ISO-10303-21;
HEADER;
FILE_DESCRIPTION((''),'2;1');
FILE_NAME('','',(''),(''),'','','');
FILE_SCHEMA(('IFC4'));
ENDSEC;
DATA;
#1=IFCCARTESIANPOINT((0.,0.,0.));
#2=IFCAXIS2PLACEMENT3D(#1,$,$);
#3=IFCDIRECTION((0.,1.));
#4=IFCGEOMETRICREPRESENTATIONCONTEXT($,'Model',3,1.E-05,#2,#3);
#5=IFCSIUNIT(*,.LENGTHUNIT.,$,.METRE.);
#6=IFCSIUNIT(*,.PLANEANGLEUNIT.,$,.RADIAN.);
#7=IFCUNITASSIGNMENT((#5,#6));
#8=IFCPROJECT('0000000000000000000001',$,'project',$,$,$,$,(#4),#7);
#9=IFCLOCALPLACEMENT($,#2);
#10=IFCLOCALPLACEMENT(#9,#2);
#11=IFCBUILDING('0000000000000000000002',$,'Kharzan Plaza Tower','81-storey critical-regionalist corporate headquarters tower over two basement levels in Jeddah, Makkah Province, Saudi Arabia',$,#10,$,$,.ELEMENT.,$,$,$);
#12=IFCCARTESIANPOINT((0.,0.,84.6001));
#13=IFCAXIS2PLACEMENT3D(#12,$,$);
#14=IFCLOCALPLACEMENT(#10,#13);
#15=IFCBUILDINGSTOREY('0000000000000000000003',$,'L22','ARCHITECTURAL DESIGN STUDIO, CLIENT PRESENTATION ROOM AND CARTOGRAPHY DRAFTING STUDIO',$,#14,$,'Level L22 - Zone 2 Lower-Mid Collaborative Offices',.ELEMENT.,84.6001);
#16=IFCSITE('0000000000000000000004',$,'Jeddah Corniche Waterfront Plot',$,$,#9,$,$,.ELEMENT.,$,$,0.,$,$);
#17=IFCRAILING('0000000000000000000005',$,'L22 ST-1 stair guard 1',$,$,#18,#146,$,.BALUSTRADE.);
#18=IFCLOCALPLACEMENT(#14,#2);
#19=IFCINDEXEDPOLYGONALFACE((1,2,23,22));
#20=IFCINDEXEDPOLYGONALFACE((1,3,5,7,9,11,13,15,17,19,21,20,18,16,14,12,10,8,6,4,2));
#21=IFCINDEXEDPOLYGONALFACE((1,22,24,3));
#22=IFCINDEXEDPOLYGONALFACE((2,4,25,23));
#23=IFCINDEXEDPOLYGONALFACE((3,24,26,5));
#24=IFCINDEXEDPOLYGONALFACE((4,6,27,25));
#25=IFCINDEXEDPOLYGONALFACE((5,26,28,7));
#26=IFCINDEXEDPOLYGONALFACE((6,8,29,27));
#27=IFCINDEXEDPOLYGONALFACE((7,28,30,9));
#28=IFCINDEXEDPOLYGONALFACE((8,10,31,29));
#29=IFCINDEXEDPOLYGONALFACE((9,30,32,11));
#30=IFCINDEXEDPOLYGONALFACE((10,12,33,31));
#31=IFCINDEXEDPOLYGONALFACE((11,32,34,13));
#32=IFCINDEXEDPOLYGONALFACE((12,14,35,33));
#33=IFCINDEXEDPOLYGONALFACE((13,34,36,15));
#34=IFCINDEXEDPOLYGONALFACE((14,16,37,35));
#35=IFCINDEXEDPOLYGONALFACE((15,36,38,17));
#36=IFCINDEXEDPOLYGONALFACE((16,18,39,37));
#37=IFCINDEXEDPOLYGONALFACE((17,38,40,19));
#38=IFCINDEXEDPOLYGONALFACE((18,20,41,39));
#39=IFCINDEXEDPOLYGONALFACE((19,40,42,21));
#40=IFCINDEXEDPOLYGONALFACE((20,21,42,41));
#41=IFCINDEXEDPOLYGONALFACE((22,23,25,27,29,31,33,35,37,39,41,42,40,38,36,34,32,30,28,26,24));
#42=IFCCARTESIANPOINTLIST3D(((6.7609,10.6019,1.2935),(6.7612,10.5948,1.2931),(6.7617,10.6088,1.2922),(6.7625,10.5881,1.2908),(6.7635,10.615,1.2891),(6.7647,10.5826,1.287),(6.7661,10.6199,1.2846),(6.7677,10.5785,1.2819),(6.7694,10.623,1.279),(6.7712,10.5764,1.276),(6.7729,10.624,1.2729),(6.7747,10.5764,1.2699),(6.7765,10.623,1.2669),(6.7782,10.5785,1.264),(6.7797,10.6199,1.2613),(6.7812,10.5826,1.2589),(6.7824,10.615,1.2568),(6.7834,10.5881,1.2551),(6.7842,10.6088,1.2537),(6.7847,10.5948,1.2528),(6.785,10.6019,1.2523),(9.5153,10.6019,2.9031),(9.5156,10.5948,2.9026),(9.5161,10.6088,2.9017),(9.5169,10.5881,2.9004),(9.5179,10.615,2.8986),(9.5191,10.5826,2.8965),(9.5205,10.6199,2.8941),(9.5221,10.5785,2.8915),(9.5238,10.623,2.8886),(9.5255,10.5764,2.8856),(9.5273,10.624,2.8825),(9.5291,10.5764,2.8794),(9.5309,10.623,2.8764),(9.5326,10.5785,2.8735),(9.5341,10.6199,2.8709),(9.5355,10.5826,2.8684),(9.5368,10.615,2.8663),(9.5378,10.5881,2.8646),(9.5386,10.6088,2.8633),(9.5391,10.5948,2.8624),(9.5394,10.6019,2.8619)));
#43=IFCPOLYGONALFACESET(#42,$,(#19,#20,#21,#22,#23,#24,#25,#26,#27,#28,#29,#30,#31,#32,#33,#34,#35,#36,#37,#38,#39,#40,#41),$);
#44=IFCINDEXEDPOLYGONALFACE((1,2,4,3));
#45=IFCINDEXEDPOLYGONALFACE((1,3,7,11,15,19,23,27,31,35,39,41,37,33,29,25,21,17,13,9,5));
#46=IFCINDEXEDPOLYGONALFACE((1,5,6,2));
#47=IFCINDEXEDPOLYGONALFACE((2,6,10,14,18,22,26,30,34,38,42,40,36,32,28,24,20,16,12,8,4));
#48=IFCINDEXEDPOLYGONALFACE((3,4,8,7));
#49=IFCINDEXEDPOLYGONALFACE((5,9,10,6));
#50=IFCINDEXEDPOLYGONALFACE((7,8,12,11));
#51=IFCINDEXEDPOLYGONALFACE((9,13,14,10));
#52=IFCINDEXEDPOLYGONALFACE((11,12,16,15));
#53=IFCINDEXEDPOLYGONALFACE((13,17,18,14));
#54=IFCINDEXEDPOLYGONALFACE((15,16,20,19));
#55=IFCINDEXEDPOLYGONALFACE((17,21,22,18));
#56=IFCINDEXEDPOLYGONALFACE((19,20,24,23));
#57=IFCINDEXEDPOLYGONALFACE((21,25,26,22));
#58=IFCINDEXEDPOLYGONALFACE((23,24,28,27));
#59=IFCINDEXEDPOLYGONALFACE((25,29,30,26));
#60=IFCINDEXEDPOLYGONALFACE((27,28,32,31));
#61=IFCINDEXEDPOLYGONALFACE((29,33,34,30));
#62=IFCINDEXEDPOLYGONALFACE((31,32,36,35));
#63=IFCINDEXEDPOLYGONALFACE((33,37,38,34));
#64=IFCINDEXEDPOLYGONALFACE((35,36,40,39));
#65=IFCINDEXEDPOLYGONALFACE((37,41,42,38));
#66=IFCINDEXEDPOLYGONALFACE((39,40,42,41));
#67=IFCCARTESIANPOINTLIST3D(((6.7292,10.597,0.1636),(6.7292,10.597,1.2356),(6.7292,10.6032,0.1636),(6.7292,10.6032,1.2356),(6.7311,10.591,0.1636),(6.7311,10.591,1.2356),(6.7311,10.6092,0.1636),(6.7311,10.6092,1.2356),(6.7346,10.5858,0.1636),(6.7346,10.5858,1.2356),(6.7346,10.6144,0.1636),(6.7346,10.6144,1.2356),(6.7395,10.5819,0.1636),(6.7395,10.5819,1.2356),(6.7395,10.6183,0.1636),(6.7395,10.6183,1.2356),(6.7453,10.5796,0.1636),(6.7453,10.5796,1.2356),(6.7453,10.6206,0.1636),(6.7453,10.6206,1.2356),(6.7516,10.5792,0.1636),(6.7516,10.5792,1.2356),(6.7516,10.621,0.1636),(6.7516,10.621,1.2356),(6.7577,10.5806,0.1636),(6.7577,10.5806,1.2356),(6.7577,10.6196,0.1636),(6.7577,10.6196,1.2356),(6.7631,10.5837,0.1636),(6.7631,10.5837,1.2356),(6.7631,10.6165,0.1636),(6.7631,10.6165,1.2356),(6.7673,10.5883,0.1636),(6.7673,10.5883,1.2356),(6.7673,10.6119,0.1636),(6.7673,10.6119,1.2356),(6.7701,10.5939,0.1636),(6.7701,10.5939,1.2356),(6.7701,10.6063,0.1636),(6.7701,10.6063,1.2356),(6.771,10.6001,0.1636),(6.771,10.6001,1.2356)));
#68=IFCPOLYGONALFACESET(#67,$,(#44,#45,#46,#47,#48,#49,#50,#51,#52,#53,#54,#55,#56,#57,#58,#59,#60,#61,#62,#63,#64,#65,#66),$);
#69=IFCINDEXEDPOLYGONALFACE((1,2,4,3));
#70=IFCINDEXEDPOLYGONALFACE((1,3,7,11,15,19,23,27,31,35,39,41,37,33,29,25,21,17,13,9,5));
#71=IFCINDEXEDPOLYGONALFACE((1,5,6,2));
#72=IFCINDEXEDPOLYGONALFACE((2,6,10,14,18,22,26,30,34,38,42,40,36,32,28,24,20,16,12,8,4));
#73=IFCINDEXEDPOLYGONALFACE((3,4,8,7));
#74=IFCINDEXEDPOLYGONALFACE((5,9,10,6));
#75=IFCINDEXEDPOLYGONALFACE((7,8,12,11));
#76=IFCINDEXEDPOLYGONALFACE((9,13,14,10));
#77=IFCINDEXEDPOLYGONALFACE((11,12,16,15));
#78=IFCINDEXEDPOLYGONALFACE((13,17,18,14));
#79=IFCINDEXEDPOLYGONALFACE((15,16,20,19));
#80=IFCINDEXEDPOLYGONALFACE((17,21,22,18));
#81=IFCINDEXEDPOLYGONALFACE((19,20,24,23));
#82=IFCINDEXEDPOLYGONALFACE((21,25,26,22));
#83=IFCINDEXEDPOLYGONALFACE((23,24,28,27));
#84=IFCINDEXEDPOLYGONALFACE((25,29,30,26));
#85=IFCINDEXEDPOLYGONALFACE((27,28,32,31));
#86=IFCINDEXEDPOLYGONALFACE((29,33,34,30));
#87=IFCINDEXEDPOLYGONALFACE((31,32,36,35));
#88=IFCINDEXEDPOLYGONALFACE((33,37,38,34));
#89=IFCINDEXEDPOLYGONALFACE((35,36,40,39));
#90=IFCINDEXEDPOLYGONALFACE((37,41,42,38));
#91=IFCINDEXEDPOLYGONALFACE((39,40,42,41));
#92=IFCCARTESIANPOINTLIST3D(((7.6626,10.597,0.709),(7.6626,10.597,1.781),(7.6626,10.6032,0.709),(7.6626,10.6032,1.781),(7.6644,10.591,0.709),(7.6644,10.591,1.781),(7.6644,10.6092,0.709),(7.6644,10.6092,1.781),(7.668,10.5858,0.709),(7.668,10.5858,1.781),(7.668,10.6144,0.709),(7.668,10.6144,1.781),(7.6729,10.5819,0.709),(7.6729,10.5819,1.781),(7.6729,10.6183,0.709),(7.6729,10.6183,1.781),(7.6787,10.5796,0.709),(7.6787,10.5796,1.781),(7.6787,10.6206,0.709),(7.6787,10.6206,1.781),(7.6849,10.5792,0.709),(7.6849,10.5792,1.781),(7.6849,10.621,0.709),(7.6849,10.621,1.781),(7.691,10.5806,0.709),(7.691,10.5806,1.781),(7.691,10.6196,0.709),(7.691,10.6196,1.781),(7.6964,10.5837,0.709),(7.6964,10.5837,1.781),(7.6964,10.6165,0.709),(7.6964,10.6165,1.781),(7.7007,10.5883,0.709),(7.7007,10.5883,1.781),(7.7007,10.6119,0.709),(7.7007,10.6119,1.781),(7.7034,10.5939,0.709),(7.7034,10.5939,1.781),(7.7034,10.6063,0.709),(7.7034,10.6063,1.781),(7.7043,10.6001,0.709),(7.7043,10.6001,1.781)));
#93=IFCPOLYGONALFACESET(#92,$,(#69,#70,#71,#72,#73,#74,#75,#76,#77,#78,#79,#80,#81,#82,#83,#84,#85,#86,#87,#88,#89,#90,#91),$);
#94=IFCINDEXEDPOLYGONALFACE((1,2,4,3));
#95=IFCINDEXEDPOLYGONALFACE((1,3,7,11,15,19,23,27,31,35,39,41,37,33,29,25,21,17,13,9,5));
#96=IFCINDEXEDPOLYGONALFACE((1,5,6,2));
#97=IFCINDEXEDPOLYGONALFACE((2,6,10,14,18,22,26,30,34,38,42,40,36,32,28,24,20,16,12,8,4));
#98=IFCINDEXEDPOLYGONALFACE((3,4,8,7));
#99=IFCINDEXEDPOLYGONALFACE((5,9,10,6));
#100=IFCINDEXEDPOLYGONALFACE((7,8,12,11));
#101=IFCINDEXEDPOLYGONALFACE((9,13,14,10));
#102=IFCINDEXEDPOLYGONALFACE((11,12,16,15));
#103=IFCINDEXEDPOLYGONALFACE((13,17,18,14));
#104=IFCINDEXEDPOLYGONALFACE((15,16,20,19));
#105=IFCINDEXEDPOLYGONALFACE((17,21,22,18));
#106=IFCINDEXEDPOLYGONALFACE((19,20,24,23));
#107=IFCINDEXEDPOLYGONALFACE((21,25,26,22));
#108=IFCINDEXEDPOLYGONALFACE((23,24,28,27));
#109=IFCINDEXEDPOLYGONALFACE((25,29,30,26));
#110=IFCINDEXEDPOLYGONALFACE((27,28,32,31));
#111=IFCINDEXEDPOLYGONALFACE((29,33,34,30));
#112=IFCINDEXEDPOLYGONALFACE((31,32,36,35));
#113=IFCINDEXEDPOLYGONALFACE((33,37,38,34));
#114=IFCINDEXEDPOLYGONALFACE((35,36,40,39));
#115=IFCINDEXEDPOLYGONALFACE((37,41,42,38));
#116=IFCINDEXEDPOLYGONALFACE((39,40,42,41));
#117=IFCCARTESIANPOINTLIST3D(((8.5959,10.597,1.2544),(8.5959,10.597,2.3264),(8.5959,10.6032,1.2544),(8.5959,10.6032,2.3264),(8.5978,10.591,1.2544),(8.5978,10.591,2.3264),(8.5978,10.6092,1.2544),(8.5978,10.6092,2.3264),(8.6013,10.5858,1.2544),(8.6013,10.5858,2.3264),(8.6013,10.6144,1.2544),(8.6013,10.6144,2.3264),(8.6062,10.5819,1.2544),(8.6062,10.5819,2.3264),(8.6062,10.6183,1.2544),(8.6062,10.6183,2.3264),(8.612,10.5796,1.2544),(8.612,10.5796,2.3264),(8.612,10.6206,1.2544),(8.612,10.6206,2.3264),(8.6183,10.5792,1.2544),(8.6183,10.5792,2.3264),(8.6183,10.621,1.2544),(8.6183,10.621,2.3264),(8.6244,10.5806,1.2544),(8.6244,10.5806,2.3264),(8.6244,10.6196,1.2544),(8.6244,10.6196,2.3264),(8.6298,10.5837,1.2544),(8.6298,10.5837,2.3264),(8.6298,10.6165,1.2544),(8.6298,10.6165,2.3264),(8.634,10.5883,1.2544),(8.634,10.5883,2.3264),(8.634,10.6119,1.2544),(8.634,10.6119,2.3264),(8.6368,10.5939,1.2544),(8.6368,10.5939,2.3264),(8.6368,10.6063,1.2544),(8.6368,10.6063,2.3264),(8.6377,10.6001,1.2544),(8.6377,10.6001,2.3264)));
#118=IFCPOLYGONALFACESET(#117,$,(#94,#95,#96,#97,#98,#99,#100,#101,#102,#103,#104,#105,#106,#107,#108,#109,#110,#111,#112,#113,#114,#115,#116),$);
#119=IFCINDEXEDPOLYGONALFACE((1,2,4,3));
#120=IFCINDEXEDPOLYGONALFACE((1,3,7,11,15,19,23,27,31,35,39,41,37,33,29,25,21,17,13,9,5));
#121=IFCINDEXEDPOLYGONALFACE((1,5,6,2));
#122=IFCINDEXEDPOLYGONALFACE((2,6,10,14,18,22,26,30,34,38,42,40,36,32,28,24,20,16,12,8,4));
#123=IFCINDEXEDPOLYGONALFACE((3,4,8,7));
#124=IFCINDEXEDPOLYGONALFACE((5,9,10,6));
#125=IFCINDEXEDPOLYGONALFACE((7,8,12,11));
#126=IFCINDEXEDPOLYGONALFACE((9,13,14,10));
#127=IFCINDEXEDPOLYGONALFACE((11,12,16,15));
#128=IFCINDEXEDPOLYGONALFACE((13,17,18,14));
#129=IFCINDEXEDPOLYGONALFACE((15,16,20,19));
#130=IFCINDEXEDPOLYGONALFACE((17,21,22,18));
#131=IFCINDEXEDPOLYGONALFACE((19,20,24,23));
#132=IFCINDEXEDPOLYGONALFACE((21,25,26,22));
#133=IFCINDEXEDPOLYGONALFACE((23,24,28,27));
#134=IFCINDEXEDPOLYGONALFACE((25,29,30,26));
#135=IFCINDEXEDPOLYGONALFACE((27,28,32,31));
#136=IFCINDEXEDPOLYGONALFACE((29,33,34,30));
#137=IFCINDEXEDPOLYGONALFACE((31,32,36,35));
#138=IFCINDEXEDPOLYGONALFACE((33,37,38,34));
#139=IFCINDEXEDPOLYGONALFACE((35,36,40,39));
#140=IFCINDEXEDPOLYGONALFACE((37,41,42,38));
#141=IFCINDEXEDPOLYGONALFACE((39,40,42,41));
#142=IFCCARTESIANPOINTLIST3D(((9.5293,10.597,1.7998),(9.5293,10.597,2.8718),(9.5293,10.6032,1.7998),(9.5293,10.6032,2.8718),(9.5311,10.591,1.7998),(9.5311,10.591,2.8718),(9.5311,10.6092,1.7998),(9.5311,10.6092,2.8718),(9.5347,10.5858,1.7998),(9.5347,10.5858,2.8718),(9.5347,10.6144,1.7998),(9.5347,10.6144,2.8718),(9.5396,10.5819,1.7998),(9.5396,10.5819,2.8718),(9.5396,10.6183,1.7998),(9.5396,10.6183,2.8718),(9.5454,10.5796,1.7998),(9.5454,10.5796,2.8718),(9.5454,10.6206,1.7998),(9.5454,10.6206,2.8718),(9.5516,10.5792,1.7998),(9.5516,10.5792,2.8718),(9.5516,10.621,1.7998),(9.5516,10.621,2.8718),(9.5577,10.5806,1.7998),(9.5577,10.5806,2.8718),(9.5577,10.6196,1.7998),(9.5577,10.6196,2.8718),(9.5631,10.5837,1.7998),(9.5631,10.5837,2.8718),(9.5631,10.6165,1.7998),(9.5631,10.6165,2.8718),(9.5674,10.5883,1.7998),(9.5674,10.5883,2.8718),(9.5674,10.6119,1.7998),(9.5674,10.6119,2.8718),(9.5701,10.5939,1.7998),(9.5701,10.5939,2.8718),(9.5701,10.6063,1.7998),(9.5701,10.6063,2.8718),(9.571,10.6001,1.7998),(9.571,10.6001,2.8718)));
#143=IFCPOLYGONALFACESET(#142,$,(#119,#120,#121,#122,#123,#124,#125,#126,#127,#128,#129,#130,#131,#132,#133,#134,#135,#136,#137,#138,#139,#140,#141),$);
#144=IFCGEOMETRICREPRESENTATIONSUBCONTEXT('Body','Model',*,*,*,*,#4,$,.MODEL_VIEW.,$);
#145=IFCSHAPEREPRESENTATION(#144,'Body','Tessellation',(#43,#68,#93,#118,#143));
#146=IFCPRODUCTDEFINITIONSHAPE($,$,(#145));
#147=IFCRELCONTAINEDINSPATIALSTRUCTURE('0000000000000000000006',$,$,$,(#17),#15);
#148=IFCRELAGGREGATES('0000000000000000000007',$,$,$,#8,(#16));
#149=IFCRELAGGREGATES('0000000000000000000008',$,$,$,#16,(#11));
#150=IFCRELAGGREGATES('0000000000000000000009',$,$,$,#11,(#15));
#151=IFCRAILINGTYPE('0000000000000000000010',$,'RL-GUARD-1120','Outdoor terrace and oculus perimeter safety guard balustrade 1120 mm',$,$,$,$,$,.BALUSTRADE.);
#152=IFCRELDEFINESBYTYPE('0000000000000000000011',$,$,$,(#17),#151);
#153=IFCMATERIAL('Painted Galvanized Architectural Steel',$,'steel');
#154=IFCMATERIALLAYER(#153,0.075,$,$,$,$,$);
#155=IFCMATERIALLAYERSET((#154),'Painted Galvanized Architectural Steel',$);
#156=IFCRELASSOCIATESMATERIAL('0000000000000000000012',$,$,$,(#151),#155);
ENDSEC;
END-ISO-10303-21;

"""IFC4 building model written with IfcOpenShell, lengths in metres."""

from ifc_helpers import new_model, si_unit, direction, frame, origin, origin_2d, place, context, subcontext, project, spatial, circle, extrude, source, transform, mapped, material, layer, layer_set, type_object, element, save


model = new_model("IFC4")

# Units and contexts
model_context = context("Model", 3, precision=1e-05, world=origin(), true_north=direction((0.0, 1.0)))
body_context = subcontext(model_context, "Body", "Model", "MODEL_VIEW")
ifc_project = project(units=[si_unit("LENGTHUNIT", "METRE"), si_unit("PLANEANGLEUNIT", "RADIAN")], contexts=[model_context])

# Site, building, storey
site_placement = place(None, origin())
site = spatial("IfcSite", under=ifc_project, at=site_placement, Name="Jeddah Corniche Waterfront Plot", CompositionType="ELEMENT", RefElevation=0.0)
building_placement = place(site_placement, origin())
building = spatial("IfcBuilding", under=site, at=building_placement, Name="Kharzan Plaza Tower", Description="81-storey critical-regionalist corporate headquarters tower over two basement levels in Jeddah, Makkah Province, Saudi Arabia", CompositionType="ELEMENT")
storey_placement = place(building_placement, frame((0.0, 0.0, 84.6001)))
storey = spatial("IfcBuildingStorey", under=building, at=storey_placement, Name="L22", Description="ARCHITECTURAL DESIGN STUDIO, CLIENT PRESENTATION ROOM AND CARTOGRAPHY DRAFTING STUDIO", LongName="Level L22 - Zone 2 Lower-Mid Collaborative Offices", CompositionType="ELEMENT", Elevation=84.6001)

# Railing
ifc_material_1 = material(Name="Painted Galvanized Architectural Steel", Category="steel")
ifc_layer_1 = layer(ifc_material_1, 0.075)
ifc_layer_set_1 = layer_set([ifc_layer_1], Name="Painted Galvanized Architectural Steel")
railing_type_1 = type_object("IfcRailingType", Name="RL-GUARD-1120", Description="Outdoor terrace and oculus perimeter safety guard balustrade 1120 mm", PredefinedType="BALUSTRADE", material=ifc_layer_set_1)
shared_shape_1 = source(origin(), body_context, "Body", "SweptSolid", [
    extrude(circle(Radius=0.0239, at=origin_2d()), frame((0.0229, 0.0, 1.1094), z_axis=(0.863394, 0.0, 0.504531), x_axis=(0.0, 1.0, 0.0)), (0.0, 0.0, 1.0), 3.1902),
    extrude(circle(Radius=0.021, at=origin_2d()), origin(), (0.0, 0.0, 1.0), 1.072),
    extrude(circle(Radius=0.021, at=origin_2d()), frame((0.9333, 0.0, 0.5454)), (0.0, 0.0, 1.0), 1.072),
    extrude(circle(Radius=0.021, at=origin_2d()), frame((1.8667, 0.0, 1.0908)), (0.0, 0.0, 1.0), 1.072),
    extrude(circle(Radius=0.021, at=origin_2d()), frame((2.8, 0.0, 1.6362)), (0.0, 0.0, 1.0), 1.072),
])
railing_1_placement = place(storey_placement, frame((6.75, 10.6001, 0.1636)))
element("IfcRailing", 1, at=railing_1_placement, inside=storey, type_object=railing_type_1, Name="L22 ST-1 stair guard 1", PredefinedType="BALUSTRADE", context=body_context, shape_type="MappedRepresentation", body=[
    mapped(shared_shape_1, transform((0.0, 0.0, 0.0), x_axis=(1.0, 0.0, 0.0), y_axis=(0.0, 1.0, 0.0), z_axis=(0.0, 0.0, 1.0))),
])

save(model, "model.ifc")
